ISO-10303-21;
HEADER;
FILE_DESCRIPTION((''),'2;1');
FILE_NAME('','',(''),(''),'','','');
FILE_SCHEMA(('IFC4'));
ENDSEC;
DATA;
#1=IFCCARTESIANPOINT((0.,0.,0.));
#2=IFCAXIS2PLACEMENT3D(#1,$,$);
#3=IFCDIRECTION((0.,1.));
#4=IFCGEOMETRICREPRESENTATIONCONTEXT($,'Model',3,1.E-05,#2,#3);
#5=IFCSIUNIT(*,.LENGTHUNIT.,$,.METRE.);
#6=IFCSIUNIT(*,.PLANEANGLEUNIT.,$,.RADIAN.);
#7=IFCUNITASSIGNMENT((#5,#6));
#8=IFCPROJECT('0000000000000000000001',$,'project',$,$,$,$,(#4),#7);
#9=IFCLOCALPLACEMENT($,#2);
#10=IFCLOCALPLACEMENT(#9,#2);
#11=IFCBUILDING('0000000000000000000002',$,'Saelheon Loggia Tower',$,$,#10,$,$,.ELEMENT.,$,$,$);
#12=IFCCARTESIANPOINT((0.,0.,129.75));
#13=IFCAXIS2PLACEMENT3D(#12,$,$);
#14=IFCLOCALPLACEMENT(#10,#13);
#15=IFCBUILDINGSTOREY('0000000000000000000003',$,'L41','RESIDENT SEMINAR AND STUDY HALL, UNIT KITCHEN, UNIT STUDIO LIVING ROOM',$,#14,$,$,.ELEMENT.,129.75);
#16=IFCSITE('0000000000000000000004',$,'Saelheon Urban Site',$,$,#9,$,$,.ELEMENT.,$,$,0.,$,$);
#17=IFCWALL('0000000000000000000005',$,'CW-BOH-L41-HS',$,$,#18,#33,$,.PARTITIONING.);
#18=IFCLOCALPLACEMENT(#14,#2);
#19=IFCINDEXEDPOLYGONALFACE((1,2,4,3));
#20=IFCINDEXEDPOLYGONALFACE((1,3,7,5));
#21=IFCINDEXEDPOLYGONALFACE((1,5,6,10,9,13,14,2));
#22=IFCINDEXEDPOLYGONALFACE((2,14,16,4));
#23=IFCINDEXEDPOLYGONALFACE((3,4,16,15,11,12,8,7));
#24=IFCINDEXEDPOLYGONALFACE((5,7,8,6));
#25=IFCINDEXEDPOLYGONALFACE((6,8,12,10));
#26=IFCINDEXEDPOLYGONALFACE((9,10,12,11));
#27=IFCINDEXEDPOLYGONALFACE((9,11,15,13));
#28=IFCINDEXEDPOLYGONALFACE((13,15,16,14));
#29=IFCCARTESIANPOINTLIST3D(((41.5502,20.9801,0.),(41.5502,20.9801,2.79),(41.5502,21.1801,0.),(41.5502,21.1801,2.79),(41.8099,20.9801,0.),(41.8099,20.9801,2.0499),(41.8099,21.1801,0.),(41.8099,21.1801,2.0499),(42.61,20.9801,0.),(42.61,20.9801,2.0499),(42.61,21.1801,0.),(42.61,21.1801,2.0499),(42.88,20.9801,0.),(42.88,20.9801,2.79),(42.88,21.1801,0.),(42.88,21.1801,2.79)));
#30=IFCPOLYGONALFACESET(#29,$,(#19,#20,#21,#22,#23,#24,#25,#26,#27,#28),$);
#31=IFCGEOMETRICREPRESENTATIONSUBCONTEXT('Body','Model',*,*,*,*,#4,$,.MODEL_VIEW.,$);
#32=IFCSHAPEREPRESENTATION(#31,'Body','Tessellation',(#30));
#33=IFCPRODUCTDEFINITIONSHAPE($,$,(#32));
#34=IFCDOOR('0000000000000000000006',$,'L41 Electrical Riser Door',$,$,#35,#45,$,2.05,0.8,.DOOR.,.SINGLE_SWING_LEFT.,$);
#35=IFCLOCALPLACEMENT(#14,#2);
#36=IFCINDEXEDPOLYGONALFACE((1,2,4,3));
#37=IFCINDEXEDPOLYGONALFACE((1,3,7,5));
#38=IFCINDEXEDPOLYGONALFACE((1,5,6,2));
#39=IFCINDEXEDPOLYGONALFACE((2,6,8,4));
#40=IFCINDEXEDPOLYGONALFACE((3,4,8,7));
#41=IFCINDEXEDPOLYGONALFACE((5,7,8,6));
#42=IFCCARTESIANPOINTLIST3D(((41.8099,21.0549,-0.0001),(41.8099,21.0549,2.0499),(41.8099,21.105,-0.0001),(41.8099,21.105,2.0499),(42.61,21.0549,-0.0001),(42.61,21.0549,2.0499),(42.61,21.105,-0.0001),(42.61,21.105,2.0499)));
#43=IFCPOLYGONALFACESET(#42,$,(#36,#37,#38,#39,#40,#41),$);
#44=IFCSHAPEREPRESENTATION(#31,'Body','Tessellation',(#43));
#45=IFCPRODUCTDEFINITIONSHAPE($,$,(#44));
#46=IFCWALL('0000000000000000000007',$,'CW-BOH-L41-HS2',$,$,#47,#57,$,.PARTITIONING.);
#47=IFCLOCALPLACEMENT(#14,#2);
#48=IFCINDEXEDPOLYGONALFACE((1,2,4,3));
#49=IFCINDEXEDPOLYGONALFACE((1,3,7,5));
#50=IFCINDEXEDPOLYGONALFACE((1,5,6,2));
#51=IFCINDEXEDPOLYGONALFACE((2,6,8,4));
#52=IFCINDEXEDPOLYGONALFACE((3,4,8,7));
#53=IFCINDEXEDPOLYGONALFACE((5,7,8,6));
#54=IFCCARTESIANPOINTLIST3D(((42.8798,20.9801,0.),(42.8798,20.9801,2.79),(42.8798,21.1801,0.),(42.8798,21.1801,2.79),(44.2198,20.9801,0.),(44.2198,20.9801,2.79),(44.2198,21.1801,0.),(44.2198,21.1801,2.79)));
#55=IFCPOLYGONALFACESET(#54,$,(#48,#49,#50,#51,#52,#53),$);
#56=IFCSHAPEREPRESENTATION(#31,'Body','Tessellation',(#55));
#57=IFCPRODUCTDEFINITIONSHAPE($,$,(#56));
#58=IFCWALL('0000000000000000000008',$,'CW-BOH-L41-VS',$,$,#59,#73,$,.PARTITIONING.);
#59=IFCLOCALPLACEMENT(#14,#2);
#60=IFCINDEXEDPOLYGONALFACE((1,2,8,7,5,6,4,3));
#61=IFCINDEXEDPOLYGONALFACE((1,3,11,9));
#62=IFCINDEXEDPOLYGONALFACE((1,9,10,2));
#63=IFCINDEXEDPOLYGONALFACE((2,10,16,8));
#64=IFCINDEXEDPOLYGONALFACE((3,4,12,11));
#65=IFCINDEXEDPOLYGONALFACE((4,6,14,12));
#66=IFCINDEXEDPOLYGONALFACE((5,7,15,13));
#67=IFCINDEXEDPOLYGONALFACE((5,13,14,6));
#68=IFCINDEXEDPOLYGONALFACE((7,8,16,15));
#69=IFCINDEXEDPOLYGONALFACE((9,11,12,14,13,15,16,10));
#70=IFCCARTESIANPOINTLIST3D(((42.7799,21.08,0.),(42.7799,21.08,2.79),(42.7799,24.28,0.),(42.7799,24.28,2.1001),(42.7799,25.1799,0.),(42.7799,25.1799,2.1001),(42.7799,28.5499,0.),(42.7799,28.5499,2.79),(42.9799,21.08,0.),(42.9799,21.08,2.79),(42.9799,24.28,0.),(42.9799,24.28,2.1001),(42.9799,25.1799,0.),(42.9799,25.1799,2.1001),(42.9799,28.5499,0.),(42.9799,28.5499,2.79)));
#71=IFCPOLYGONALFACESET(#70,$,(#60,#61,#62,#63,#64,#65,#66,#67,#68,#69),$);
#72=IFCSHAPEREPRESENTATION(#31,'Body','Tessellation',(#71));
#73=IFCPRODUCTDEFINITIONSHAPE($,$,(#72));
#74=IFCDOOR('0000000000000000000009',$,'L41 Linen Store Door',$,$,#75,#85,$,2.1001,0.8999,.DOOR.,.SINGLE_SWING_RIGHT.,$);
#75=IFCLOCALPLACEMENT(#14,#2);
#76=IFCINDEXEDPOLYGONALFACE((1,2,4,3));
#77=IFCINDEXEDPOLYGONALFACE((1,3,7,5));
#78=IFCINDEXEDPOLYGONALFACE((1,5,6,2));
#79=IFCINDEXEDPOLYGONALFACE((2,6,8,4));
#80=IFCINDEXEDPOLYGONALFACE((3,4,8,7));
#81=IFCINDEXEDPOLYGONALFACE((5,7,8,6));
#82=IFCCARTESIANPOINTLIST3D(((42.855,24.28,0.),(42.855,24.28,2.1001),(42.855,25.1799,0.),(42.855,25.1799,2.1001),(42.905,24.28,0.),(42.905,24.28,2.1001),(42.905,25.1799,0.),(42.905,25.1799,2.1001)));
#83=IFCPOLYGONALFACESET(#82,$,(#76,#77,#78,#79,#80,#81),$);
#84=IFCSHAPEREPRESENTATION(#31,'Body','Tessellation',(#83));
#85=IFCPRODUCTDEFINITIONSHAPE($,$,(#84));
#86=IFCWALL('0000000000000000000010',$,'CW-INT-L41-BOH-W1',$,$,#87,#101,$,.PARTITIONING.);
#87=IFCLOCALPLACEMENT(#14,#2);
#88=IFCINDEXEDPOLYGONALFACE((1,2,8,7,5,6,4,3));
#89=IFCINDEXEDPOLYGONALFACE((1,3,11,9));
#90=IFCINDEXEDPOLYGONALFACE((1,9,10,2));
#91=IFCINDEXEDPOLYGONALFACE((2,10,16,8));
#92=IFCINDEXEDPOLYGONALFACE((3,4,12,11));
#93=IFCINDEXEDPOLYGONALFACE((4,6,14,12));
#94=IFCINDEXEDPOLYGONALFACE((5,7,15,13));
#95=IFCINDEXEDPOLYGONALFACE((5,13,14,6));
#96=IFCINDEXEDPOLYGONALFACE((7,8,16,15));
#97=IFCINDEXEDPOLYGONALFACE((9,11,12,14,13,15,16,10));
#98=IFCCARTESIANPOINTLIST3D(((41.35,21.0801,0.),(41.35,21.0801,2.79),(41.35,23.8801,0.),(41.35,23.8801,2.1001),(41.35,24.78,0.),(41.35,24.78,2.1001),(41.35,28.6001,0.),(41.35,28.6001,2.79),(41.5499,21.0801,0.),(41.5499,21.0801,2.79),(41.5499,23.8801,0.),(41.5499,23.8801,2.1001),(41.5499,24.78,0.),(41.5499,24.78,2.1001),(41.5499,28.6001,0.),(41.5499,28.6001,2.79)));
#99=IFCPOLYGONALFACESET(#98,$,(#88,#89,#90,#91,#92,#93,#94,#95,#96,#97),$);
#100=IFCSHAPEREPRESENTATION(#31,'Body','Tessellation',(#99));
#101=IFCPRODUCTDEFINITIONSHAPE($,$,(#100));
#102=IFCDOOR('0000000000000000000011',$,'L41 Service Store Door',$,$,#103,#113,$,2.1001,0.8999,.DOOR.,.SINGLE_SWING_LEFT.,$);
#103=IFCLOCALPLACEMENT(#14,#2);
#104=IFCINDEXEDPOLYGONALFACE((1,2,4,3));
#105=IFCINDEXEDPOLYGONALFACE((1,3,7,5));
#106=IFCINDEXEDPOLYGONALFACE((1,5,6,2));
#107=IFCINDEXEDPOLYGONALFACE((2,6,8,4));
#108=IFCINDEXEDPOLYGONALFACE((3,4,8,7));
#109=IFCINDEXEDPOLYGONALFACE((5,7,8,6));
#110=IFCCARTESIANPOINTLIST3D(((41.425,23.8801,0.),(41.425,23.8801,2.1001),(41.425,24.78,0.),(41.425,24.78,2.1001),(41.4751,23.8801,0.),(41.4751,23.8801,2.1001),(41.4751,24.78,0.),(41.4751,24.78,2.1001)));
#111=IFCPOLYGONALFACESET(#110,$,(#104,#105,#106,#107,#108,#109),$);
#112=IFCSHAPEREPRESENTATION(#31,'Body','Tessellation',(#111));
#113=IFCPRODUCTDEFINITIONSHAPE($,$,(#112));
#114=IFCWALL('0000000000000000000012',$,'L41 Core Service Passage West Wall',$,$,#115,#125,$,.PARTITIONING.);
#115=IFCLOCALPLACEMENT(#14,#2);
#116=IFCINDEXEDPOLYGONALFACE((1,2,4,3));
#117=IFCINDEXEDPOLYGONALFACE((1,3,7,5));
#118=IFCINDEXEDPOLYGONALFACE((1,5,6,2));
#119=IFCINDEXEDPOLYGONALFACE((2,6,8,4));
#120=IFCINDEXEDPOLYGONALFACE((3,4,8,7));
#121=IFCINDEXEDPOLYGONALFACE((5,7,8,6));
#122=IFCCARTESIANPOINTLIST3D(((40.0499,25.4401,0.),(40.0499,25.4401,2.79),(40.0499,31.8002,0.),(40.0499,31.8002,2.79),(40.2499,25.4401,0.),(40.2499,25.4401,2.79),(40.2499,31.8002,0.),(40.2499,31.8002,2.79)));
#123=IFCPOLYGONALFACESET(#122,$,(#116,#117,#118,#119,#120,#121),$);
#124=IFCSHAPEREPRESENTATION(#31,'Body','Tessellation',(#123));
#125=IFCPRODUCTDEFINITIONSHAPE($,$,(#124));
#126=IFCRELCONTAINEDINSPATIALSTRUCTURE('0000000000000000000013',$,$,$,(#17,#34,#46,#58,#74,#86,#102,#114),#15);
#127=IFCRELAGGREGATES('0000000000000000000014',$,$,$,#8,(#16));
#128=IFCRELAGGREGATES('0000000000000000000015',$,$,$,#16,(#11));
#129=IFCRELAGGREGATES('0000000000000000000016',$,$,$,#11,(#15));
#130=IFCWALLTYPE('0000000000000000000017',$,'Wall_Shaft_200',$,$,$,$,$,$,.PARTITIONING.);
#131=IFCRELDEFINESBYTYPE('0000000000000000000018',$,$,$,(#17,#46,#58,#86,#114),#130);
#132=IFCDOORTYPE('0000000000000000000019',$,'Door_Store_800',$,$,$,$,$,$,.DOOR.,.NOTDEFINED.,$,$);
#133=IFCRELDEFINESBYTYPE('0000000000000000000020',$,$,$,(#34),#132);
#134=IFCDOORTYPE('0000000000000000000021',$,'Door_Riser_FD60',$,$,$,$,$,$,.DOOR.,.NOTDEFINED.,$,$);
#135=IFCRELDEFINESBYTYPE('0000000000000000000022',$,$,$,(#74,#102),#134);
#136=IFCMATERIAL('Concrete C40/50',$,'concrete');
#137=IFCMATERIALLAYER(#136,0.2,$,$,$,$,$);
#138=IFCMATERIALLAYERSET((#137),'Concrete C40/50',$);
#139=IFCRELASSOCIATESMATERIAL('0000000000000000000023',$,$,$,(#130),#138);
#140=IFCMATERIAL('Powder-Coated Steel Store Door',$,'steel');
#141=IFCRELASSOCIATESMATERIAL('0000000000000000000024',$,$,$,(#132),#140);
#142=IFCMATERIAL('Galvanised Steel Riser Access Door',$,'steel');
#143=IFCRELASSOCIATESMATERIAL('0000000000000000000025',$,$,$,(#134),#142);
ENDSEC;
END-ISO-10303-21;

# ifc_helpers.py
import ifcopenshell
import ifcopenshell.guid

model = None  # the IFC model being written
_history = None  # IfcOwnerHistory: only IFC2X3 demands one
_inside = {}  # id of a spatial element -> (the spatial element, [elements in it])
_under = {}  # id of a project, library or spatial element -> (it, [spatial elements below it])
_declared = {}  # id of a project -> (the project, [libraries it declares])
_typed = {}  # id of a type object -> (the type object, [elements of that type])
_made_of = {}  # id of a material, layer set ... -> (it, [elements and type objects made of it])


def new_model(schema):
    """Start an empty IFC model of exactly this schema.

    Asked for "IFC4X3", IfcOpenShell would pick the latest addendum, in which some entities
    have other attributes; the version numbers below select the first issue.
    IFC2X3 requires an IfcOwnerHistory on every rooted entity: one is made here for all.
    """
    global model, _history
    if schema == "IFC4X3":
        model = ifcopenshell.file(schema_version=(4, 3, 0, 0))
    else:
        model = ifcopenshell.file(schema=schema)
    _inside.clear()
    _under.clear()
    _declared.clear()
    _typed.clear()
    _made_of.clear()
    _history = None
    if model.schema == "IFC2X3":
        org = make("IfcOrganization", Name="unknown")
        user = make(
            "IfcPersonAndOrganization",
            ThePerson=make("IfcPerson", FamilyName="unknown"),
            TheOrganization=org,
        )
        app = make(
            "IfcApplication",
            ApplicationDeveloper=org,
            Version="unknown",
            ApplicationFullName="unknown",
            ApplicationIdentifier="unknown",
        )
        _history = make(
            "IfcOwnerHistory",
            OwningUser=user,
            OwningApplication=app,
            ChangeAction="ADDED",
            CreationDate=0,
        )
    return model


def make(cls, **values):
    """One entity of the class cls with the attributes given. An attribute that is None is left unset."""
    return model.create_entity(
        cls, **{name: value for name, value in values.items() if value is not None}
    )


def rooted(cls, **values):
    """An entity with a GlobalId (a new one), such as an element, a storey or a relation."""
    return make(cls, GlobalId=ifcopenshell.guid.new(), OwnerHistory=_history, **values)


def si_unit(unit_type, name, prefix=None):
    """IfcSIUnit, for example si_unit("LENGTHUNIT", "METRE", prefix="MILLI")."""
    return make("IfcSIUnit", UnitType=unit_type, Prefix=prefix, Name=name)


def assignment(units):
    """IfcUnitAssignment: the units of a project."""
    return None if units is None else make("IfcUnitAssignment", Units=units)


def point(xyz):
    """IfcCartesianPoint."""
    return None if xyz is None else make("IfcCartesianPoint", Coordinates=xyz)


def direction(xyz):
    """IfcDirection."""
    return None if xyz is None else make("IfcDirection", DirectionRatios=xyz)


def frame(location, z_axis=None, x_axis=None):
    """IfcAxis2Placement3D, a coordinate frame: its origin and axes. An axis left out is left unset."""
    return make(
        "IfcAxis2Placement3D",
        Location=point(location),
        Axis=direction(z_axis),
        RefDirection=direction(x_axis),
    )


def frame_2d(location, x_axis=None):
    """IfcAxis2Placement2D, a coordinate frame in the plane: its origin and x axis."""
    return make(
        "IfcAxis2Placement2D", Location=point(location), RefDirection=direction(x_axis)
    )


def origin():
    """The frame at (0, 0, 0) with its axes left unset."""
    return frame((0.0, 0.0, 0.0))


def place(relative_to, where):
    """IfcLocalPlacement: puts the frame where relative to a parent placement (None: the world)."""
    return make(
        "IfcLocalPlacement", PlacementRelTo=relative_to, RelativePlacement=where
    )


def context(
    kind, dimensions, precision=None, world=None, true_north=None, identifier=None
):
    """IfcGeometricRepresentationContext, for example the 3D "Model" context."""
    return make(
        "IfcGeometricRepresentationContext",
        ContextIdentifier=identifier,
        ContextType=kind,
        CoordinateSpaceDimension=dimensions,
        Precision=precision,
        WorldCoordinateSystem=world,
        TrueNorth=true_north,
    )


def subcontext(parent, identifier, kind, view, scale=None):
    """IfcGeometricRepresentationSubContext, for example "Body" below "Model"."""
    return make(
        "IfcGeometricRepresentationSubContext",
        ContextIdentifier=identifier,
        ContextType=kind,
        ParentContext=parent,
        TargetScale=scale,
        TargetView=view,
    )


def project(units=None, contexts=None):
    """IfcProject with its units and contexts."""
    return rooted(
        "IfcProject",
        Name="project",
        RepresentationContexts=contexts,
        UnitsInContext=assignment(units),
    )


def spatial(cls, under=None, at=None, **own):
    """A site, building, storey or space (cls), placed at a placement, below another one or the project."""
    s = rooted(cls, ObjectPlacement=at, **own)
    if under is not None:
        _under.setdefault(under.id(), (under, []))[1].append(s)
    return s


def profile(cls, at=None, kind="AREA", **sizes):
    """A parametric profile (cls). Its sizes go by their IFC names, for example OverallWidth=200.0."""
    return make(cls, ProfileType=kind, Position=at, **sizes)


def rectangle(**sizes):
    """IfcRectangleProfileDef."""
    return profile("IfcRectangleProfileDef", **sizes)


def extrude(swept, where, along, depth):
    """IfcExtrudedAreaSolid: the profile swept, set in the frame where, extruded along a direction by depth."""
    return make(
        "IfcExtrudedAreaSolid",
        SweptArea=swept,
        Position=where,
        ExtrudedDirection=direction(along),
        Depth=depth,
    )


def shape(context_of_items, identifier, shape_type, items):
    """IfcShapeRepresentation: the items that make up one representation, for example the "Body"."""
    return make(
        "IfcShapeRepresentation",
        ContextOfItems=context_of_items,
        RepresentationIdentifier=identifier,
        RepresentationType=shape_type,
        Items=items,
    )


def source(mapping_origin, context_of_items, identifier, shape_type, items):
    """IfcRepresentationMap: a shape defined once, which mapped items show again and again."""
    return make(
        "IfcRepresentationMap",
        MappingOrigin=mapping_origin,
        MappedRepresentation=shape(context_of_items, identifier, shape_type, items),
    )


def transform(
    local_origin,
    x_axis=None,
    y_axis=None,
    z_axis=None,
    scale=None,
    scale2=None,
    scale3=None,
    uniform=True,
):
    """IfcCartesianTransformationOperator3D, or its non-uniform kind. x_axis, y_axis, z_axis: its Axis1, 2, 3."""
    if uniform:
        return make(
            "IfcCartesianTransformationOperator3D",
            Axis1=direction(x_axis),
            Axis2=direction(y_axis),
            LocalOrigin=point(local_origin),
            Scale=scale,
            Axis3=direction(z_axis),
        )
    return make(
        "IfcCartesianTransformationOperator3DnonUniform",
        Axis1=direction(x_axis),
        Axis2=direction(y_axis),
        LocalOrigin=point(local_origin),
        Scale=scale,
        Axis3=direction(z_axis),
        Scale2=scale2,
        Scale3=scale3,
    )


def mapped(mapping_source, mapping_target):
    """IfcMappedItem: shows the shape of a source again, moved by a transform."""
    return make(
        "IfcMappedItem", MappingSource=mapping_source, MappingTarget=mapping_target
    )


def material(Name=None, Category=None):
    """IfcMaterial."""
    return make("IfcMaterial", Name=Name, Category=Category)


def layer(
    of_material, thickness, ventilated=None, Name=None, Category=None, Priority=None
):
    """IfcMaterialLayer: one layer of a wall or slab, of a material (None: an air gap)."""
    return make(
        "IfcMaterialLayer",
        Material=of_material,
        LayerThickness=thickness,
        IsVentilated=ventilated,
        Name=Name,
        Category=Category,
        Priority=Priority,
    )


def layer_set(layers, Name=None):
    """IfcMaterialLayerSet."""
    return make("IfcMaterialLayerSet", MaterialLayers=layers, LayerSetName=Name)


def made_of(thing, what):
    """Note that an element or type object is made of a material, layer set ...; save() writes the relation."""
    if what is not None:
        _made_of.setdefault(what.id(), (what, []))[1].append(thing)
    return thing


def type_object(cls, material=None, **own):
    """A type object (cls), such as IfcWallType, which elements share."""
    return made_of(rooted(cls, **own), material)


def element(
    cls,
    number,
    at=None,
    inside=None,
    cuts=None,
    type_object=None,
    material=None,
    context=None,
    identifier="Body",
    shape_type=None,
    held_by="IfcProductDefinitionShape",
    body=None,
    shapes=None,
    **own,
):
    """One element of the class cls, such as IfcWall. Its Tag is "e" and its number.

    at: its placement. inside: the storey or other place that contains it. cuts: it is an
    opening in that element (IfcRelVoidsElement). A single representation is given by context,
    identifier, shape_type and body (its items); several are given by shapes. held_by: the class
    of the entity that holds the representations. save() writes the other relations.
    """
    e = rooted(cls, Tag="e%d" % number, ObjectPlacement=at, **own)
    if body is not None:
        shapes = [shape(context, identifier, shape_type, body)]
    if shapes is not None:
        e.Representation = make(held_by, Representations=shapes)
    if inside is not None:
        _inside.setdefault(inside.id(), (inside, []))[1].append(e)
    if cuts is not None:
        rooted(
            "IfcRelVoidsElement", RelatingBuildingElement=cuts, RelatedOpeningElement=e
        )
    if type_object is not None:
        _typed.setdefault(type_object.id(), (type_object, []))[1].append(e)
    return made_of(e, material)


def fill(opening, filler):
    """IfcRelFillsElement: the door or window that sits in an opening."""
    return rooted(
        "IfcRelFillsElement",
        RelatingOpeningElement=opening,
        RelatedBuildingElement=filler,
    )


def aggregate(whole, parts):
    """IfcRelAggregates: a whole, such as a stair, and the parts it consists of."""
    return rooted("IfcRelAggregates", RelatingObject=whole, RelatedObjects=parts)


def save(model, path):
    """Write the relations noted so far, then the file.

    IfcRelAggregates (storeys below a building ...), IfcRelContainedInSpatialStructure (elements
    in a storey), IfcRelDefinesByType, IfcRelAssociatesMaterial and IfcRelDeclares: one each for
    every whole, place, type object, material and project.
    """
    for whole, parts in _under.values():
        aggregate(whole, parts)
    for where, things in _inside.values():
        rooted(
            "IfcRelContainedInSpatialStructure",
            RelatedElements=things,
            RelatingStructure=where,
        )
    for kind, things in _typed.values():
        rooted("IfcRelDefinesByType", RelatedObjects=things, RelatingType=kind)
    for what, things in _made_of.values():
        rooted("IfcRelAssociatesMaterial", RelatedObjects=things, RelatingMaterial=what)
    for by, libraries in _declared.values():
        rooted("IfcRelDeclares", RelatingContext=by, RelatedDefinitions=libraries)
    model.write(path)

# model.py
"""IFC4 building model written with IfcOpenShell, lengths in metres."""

from ifc_helpers import new_model, si_unit, direction, frame, frame_2d, origin, place, context, subcontext, project, spatial, rectangle, extrude, source, transform, mapped, material, layer, layer_set, type_object, element, fill, save


model = new_model("IFC4")

# Units and contexts
model_context = context("Model", 3, precision=1e-05, world=origin(), true_north=direction((0.0, 1.0)))
body_context = subcontext(model_context, "Body", "Model", "MODEL_VIEW")
ifc_project = project(units=[si_unit("LENGTHUNIT", "METRE"), si_unit("PLANEANGLEUNIT", "RADIAN")], contexts=[model_context])

# Site, building, storey
site_placement = place(None, origin())
site = spatial("IfcSite", under=ifc_project, at=site_placement, Name="Saelheon Urban Site", CompositionType="ELEMENT", RefElevation=0.0)
building_placement = place(site_placement, origin())
building = spatial("IfcBuilding", under=site, at=building_placement, Name="Saelheon Loggia Tower", CompositionType="ELEMENT")
storey_placement = place(building_placement, frame((0.0, 0.0, 129.75)))
storey = spatial("IfcBuildingStorey", under=building, at=storey_placement, Name="L41", Description="RESIDENT SEMINAR AND STUDY HALL, UNIT KITCHEN, UNIT STUDIO LIVING ROOM", CompositionType="ELEMENT", Elevation=129.75)

# Wall, opening, door
ifc_material_1 = material(Name="Concrete C40/50", Category="concrete")
ifc_layer = layer(ifc_material_1, 0.2)
ifc_layer_set = layer_set([ifc_layer], Name="Concrete C40/50")
wall_type = type_object("IfcWallType", Name="Wall_Shaft_200", PredefinedType="PARTITIONING", material=ifc_layer_set)
wall_1_placement = place(storey_placement, frame((41.55, 21.0801, 0.0), z_axis=(0.0, 0.0, 1.0), x_axis=(1.0, 0.0, 0.0)))
wall_1 = element("IfcWall", 1, at=wall_1_placement, inside=storey, type_object=wall_type, Name="CW-BOH-L41-HS", PredefinedType="PARTITIONING", context=body_context, shape_type="SweptSolid", body=[
    extrude(rectangle(XDim=1.3298, YDim=0.2, at=frame_2d((0.665, 0.0))), origin(), (0.0, 0.0, 1.0), 2.79),
])
opening_1_placement = place(wall_1_placement, frame((0.26, 0.0, 0.0)))
opening_1 = element("IfcOpeningElement", 2, at=opening_1_placement, cuts=wall_1, PredefinedType="OPENING", context=body_context, shape_type="SweptSolid", body=[
    extrude(rectangle(XDim=0.8, YDim=2.05, at=frame_2d((0.3999, 1.0249))), frame((0.0, 0.1121, 0.0), z_axis=(0.0, -1.0, 0.0), x_axis=(1.0, 0.0, 0.0)), (0.0, 0.0, 1.0), 0.2239),
])
ifc_material_2 = material(Name="Powder-Coated Steel Store Door", Category="steel")
door_type_1 = type_object("IfcDoorType", Name="Door_Store_800", OperationType="NOTDEFINED", PredefinedType="DOOR", material=ifc_material_2)
shared_shape_1 = source(origin(), body_context, "Body", "SweptSolid", [
    extrude(rectangle(XDim=0.8, YDim=2.05, at=frame_2d((0.3999, 1.0249))), frame((0.0, 0.0249, 0.0), z_axis=(0.0, -1.0, 0.0), x_axis=(1.0, 0.0, 0.0)), (0.0, 0.0, 1.0), 0.05),
])
door_1_placement = place(opening_1_placement, origin())
door_1 = element("IfcDoor", 3, at=door_1_placement, inside=storey, type_object=door_type_1, Name="L41 Electrical Riser Door", OperationType="SINGLE_SWING_LEFT", OverallHeight=2.05, OverallWidth=0.8, PredefinedType="DOOR", context=body_context, shape_type="MappedRepresentation", body=[
    mapped(shared_shape_1, transform((0.0, 0.0, 0.0), scale=1.0)),
])
fill(opening_1, door_1)

# Wall
wall_2_placement = place(storey_placement, frame((42.8799, 21.0801, 0.0), z_axis=(0.0, 0.0, 1.0), x_axis=(1.0, 0.0, 0.0)))
element("IfcWall", 4, at=wall_2_placement, inside=storey, type_object=wall_type, Name="CW-BOH-L41-HS2", PredefinedType="PARTITIONING", context=body_context, shape_type="SweptSolid", body=[
    extrude(rectangle(XDim=1.3401, YDim=0.2, at=frame_2d((0.6699, 0.0))), origin(), (0.0, 0.0, 1.0), 2.79),
])

# Walls, openings, doors
wall_3_placement = place(storey_placement, frame((42.8799, 21.0801, 0.0), z_axis=(0.0, 0.0, 1.0), x_axis=(0.0, 1.0, 0.0)))
wall_3 = element("IfcWall", 5, at=wall_3_placement, inside=storey, type_object=wall_type, Name="CW-BOH-L41-VS", PredefinedType="PARTITIONING", context=body_context, shape_type="SweptSolid", body=[
    extrude(rectangle(XDim=7.47, YDim=0.2, at=frame_2d((3.7349, 0.0))), origin(), (0.0, 0.0, 1.0), 2.79),
])
opening_2_placement = place(wall_3_placement, frame((3.2, 0.0, 0.0)))
opening_2 = element("IfcOpeningElement", 6, at=opening_2_placement, cuts=wall_3, PredefinedType="OPENING", context=body_context, shape_type="SweptSolid", body=[
    extrude(rectangle(XDim=0.8999, YDim=2.1001, at=frame_2d((0.45, 1.05))), frame((0.0, 0.1121, 0.0), z_axis=(0.0, -1.0, 0.0), x_axis=(1.0, 0.0, 0.0)), (0.0, 0.0, 1.0), 0.2239),
])
ifc_material_3 = material(Name="Galvanised Steel Riser Access Door", Category="steel")
door_type_2 = type_object("IfcDoorType", Name="Door_Riser_FD60", OperationType="NOTDEFINED", PredefinedType="DOOR", material=ifc_material_3)
shared_shape_2 = source(origin(), body_context, "Body", "SweptSolid", [
    extrude(rectangle(XDim=0.8999, YDim=2.1001, at=frame_2d((0.45, 1.05))), frame((0.0, 0.0249, 0.0), z_axis=(0.0, -1.0, 0.0), x_axis=(1.0, 0.0, 0.0)), (0.0, 0.0, 1.0), 0.05),
])
door_2_placement = place(opening_2_placement, origin())
door_2 = element("IfcDoor", 7, at=door_2_placement, inside=storey, type_object=door_type_2, Name="L41 Linen Store Door", OperationType="SINGLE_SWING_RIGHT", OverallHeight=2.1001, OverallWidth=0.8999, PredefinedType="DOOR", context=body_context, shape_type="MappedRepresentation", body=[
    mapped(shared_shape_2, transform((0.0, 0.0, 0.0), scale=1.0)),
])
fill(opening_2, door_2)
wall_4_placement = place(storey_placement, frame((41.45, 21.0801, 0.0), z_axis=(0.0, 0.0, 1.0), x_axis=(0.0, 1.0, 0.0)))
wall_4 = element("IfcWall", 8, at=wall_4_placement, inside=storey, type_object=wall_type, Name="CW-INT-L41-BOH-W1", PredefinedType="PARTITIONING", context=body_context, shape_type="SweptSolid", body=[
    extrude(rectangle(XDim=7.52, YDim=0.2, at=frame_2d((3.76, 0.0))), origin(), (0.0, 0.0, 1.0), 2.79),
])
opening_3_placement = place(wall_4_placement, frame((2.8, 0.0, 0.0)))
opening_3 = element("IfcOpeningElement", 9, at=opening_3_placement, cuts=wall_4, PredefinedType="OPENING", context=body_context, shape_type="SweptSolid", body=[
    extrude(rectangle(XDim=0.8999, YDim=2.1001, at=frame_2d((0.45, 1.05))), frame((0.0, 0.1121, 0.0), z_axis=(0.0, -1.0, 0.0), x_axis=(1.0, 0.0, 0.0)), (0.0, 0.0, 1.0), 0.2239),
])
door_3_placement = place(opening_3_placement, origin())
door_3 = element("IfcDoor", 10, at=door_3_placement, inside=storey, type_object=door_type_2, Name="L41 Service Store Door", OperationType="SINGLE_SWING_LEFT", OverallHeight=2.1001, OverallWidth=0.8999, PredefinedType="DOOR", context=body_context, shape_type="MappedRepresentation", body=[
    mapped(shared_shape_2, transform((0.0, 0.0, 0.0), scale=1.0)),
])
fill(opening_3, door_3)

# Wall
wall_5_placement = place(storey_placement, frame((40.1499, 25.4399, 0.0), z_axis=(0.0, 0.0, 1.0), x_axis=(0.0, 1.0, 0.0)))
element("IfcWall", 11, at=wall_5_placement, inside=storey, type_object=wall_type, Name="L41 Core Service Passage West Wall", PredefinedType="PARTITIONING", context=body_context, shape_type="SweptSolid", body=[
    extrude(rectangle(XDim=6.3601, YDim=0.2, at=frame_2d((3.1802, 0.0))), origin(), (0.0, 0.0, 1.0), 2.79),
])

save(model, "model.ifc")
